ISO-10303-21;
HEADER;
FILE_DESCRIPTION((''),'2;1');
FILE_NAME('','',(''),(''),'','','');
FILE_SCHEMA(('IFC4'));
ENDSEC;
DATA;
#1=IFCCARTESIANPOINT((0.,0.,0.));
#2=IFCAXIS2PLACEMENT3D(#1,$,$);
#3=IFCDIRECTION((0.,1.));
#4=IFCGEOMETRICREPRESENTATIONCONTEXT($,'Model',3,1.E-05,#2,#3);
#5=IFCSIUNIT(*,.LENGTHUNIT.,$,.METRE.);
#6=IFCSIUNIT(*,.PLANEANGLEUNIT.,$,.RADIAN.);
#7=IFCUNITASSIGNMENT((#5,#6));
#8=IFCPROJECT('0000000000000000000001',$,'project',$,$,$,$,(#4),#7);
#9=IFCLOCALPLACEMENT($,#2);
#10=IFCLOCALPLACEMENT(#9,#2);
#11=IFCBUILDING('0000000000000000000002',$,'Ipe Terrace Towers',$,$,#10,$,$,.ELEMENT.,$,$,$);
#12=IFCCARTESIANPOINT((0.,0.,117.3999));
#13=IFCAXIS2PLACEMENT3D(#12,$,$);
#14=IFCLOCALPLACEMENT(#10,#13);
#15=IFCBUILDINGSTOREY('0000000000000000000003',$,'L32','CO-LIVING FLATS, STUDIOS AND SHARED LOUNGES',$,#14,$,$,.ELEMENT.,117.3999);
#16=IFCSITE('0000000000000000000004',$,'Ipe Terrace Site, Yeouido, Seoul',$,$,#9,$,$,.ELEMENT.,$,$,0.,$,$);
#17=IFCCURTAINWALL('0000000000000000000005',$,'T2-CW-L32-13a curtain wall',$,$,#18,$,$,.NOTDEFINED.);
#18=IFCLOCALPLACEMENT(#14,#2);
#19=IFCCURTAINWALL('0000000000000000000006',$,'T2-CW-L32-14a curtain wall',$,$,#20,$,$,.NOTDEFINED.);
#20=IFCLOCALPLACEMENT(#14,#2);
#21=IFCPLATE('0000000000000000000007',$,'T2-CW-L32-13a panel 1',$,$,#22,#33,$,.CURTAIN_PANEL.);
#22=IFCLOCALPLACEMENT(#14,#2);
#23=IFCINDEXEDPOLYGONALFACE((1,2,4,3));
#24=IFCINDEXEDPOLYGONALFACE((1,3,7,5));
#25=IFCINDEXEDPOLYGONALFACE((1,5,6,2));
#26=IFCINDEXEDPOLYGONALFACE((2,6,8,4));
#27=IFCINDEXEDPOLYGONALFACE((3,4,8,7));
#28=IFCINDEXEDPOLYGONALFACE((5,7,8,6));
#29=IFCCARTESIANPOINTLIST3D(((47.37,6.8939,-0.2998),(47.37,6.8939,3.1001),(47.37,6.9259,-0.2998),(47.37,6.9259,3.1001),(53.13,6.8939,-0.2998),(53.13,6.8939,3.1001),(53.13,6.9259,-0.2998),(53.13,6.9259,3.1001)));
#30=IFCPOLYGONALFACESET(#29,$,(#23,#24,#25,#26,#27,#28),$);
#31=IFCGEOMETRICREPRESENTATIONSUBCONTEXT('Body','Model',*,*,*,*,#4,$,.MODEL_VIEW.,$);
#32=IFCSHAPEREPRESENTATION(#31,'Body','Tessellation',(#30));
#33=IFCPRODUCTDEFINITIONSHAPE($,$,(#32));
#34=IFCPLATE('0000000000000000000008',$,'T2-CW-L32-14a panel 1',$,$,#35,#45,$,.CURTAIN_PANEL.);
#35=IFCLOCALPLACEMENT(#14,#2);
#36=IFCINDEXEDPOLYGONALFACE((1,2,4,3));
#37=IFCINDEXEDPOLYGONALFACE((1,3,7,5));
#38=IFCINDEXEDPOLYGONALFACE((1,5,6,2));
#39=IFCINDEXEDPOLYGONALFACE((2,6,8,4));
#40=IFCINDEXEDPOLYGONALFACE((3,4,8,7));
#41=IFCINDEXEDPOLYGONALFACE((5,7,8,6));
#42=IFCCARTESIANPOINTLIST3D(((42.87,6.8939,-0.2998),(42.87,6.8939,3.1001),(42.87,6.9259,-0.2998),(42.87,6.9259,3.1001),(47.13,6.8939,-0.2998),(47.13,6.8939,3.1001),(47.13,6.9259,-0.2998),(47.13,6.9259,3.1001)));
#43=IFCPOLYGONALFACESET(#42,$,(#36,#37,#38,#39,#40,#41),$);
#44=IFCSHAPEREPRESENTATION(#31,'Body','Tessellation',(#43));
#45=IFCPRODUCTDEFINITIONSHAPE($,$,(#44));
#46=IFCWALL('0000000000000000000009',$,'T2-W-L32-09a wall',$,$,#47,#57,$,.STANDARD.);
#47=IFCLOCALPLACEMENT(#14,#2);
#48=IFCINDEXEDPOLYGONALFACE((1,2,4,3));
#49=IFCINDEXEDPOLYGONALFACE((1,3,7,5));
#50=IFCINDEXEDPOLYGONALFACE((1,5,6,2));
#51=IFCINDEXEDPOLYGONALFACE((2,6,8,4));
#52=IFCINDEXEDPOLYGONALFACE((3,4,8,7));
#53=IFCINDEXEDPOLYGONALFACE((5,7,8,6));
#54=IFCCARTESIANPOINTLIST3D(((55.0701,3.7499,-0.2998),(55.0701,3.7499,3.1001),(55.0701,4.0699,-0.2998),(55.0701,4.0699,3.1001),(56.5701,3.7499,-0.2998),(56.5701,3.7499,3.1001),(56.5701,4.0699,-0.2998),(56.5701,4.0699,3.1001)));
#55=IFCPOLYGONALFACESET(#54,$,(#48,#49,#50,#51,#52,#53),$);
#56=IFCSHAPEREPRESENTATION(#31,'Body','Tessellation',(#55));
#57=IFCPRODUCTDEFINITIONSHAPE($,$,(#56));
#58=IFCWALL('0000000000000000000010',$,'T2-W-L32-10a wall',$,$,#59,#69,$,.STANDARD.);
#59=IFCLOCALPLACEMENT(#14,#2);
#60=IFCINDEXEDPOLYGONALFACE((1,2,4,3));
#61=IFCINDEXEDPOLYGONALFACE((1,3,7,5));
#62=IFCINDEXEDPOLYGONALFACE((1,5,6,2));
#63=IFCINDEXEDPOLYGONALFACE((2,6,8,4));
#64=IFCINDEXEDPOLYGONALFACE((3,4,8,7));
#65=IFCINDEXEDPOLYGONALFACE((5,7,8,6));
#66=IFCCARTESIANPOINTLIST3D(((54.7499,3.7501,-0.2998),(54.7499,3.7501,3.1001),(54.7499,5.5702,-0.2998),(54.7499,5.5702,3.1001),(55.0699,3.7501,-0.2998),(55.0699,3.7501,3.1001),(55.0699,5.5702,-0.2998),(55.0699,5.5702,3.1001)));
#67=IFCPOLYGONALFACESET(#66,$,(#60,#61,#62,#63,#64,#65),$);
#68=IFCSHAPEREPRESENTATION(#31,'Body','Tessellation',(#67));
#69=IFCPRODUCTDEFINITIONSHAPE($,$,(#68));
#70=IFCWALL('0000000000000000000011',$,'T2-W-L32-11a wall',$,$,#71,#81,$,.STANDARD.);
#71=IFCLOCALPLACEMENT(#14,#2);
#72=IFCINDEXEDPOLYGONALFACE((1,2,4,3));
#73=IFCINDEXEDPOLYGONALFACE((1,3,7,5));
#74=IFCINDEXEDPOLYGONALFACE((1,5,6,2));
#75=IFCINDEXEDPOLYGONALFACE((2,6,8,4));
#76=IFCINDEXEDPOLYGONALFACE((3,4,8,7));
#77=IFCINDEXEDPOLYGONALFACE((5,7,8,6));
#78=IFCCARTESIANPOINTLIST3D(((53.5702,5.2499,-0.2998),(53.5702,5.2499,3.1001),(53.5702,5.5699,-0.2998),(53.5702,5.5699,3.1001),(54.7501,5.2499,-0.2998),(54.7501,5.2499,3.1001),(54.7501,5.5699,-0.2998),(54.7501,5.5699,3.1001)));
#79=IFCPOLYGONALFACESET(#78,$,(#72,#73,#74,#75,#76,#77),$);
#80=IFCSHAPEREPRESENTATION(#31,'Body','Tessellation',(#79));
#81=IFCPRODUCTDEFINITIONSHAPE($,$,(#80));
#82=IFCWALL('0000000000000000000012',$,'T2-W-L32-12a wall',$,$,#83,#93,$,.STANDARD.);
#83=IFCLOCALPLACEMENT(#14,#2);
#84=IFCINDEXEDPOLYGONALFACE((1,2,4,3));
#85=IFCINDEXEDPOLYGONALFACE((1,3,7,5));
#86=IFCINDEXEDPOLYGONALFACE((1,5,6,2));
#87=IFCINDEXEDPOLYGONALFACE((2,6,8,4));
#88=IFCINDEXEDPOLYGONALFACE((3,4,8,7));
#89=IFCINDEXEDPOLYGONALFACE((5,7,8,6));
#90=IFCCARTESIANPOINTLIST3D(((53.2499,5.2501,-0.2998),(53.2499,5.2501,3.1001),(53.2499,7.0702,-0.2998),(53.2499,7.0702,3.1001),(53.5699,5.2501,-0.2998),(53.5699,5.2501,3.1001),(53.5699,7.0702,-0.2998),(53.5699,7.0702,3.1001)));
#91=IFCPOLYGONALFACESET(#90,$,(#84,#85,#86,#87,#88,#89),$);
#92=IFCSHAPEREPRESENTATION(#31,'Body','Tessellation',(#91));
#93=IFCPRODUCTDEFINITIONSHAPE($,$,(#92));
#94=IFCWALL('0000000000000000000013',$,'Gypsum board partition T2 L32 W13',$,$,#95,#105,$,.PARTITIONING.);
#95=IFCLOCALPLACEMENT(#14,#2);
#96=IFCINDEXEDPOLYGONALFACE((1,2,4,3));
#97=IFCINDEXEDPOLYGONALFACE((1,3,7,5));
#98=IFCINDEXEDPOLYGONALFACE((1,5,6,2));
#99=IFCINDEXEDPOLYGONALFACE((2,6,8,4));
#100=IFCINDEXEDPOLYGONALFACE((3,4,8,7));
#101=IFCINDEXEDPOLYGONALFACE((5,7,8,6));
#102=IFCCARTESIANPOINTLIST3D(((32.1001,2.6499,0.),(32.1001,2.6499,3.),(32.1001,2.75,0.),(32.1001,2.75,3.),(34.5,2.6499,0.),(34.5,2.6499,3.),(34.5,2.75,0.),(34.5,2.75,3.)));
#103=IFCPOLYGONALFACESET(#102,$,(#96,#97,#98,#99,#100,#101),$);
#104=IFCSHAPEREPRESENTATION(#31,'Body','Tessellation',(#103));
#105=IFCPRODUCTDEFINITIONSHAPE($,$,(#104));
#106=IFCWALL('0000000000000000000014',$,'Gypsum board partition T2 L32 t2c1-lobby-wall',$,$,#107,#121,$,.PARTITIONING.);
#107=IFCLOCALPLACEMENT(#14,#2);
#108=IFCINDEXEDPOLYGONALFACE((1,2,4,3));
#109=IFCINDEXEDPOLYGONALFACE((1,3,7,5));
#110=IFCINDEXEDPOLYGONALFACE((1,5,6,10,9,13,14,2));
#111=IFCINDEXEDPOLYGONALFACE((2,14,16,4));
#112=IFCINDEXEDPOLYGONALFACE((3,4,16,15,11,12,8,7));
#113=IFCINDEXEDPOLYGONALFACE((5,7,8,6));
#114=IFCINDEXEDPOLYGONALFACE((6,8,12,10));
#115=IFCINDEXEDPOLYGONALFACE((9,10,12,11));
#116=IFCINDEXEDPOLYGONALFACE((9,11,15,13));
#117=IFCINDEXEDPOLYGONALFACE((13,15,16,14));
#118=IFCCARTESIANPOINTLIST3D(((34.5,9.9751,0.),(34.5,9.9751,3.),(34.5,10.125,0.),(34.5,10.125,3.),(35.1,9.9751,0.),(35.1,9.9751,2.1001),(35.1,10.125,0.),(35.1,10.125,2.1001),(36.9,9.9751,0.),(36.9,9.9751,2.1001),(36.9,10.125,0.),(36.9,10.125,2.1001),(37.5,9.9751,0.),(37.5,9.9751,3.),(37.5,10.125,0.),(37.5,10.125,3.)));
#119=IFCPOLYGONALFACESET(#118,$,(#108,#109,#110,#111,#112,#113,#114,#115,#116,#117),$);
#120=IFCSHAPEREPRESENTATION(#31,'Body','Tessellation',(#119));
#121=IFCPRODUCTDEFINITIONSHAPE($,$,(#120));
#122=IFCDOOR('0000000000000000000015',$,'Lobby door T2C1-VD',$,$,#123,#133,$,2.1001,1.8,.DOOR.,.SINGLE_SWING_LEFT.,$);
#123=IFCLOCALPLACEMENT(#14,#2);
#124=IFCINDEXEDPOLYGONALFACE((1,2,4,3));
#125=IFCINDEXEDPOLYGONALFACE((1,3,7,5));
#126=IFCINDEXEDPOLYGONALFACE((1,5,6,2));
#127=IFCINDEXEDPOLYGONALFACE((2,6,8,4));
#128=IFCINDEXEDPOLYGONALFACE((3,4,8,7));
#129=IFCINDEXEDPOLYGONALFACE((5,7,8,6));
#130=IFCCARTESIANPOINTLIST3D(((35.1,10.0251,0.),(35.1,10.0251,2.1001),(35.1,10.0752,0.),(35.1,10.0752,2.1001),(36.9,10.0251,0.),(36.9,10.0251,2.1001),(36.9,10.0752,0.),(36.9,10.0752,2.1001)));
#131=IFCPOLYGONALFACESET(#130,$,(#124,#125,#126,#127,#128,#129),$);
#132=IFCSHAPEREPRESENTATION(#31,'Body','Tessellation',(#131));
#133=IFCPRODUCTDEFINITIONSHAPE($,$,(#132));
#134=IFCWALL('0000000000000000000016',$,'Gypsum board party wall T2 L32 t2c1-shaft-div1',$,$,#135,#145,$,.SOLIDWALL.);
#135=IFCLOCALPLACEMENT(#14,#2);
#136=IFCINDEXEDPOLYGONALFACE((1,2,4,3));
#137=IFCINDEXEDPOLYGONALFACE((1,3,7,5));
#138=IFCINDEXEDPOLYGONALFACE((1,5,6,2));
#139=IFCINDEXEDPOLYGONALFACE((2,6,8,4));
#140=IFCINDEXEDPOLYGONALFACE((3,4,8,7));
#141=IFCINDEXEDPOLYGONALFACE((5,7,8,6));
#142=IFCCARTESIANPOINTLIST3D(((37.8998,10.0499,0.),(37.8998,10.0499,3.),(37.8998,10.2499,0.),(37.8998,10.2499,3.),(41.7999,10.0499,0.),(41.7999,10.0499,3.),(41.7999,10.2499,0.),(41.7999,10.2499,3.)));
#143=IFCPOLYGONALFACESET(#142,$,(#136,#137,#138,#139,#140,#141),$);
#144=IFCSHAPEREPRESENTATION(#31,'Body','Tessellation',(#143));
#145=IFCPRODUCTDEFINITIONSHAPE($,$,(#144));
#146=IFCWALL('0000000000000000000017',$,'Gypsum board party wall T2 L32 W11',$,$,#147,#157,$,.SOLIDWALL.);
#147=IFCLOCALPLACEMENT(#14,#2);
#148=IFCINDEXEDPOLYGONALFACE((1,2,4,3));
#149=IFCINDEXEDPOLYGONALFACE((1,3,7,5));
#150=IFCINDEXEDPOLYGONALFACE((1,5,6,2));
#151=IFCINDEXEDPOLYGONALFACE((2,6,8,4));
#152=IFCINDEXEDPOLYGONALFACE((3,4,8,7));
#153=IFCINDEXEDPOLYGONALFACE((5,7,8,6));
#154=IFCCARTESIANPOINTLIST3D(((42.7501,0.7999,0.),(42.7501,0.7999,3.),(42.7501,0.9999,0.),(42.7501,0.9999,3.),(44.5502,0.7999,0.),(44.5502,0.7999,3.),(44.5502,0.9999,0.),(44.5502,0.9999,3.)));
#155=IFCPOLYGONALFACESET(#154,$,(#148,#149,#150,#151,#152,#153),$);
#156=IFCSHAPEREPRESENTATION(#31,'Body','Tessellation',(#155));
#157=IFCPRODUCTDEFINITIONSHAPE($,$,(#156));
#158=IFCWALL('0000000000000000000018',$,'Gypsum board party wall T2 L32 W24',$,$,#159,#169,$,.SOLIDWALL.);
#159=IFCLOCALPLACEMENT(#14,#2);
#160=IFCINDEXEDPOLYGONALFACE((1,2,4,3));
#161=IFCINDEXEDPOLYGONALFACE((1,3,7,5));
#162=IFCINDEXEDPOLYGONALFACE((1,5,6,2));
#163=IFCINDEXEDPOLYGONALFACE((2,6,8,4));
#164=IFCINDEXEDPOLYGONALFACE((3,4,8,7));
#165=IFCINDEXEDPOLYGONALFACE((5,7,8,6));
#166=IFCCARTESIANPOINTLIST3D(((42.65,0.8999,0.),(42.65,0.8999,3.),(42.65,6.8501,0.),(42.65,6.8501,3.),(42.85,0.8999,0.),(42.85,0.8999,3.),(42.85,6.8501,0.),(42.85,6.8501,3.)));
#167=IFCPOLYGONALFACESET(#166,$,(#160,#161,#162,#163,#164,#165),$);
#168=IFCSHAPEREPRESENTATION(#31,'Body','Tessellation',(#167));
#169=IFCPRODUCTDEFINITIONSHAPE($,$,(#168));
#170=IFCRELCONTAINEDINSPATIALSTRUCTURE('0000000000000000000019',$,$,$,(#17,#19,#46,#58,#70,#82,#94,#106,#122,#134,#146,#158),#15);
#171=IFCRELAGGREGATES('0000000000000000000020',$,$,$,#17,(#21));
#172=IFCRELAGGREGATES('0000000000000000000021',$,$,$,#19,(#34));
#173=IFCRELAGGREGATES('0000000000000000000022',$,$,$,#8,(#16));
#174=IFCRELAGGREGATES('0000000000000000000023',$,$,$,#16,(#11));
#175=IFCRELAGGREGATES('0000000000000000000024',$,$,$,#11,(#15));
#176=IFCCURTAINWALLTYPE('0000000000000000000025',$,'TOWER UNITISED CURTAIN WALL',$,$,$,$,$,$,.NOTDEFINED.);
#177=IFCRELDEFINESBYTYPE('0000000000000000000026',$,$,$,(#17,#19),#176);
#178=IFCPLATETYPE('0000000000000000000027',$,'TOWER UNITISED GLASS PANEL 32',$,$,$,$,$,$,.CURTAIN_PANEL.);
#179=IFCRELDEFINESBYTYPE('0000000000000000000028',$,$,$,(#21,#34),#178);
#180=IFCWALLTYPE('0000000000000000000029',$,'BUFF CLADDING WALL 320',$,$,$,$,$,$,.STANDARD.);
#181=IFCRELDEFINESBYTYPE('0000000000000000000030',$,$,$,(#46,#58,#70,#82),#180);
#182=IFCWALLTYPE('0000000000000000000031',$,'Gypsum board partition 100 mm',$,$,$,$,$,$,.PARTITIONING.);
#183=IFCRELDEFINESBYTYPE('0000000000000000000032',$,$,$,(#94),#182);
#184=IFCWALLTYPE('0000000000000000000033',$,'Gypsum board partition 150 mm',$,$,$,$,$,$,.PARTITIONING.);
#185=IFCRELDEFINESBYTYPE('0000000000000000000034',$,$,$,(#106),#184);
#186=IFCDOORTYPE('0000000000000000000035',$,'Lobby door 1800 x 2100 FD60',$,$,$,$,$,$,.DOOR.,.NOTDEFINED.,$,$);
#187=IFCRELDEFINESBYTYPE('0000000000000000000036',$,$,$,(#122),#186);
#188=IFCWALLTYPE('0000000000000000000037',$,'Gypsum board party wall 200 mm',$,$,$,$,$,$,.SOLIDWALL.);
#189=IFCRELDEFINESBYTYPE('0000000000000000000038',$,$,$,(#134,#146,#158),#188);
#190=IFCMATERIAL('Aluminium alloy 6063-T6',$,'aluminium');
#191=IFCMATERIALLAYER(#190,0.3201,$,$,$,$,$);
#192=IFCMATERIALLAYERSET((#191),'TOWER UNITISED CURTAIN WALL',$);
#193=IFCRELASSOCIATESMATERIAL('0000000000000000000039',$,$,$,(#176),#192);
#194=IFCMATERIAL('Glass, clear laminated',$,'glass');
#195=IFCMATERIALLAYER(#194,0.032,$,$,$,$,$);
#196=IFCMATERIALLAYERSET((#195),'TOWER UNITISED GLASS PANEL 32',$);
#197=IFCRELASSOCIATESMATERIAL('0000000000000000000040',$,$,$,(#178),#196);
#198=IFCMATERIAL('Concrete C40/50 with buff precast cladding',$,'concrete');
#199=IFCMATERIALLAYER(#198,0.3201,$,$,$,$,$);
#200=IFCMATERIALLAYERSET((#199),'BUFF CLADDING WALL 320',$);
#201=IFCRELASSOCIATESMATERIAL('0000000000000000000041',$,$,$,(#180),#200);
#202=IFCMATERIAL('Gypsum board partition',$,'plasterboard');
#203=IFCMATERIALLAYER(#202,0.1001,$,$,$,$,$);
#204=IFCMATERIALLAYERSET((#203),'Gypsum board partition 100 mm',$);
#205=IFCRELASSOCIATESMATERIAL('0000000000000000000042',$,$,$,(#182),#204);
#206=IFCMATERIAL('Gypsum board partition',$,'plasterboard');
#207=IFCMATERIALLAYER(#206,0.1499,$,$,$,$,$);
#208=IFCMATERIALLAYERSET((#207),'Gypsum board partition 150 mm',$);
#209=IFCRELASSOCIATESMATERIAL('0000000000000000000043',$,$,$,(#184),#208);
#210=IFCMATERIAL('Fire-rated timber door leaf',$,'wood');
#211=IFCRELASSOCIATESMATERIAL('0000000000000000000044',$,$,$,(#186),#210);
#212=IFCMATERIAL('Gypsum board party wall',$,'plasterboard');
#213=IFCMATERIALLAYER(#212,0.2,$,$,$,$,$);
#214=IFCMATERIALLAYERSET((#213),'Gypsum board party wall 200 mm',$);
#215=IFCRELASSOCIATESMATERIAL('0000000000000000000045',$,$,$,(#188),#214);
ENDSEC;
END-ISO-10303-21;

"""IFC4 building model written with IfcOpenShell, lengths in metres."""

from ifc_helpers import new_model, si_unit, direction, frame, frame_2d, origin, origin_2d, place, context, subcontext, project, spatial, rectangle, extrude, material, layer, layer_set, type_object, element, fill, aggregate, save


model = new_model("IFC4")

# Units and contexts
model_context = context("Model", 3, precision=1e-05, world=origin(), true_north=direction((0.0, 1.0)))
body_context = subcontext(model_context, "Body", "Model", "MODEL_VIEW")
ifc_project = project(units=[si_unit("LENGTHUNIT", "METRE"), si_unit("PLANEANGLEUNIT", "RADIAN")], contexts=[model_context])

# Site, building, storey
site_placement = place(None, origin())
site = spatial("IfcSite", under=ifc_project, at=site_placement, Name="Ipe Terrace Site, Yeouido, Seoul", CompositionType="ELEMENT", RefElevation=0.0)
building_placement = place(site_placement, origin())
building = spatial("IfcBuilding", under=site, at=building_placement, Name="Ipe Terrace Towers", CompositionType="ELEMENT")
storey_placement = place(building_placement, frame((0.0, 0.0, 117.3999)))
storey = spatial("IfcBuildingStorey", under=building, at=storey_placement, Name="L32", Description="CO-LIVING FLATS, STUDIOS AND SHARED LOUNGES", CompositionType="ELEMENT", Elevation=117.3999)

# Shared definitions
ifc_material_1 = material(Name="Aluminium alloy 6063-T6", Category="aluminium")
ifc_layer_1 = layer(ifc_material_1, 0.3201)
ifc_layer_set_1 = layer_set([ifc_layer_1], Name="TOWER UNITISED CURTAIN WALL")
curtain_wall_type = type_object("IfcCurtainWallType", Name="TOWER UNITISED CURTAIN WALL", PredefinedType="NOTDEFINED", material=ifc_layer_set_1)

# Curtain walls
curtain_wall_1_placement = place(storey_placement, origin())
curtain_wall_1 = element("IfcCurtainWall", 1, at=curtain_wall_1_placement, inside=storey, type_object=curtain_wall_type, Name="T2-CW-L32-13a curtain wall", PredefinedType="NOTDEFINED")
curtain_wall_2_placement = place(storey_placement, origin())
curtain_wall_2 = element("IfcCurtainWall", 2, at=curtain_wall_2_placement, inside=storey, type_object=curtain_wall_type, Name="T2-CW-L32-14a curtain wall", PredefinedType="NOTDEFINED")

# Plates
ifc_material_2 = material(Name="Glass, clear laminated", Category="glass")
ifc_layer_2 = layer(ifc_material_2, 0.032)
ifc_layer_set_2 = layer_set([ifc_layer_2], Name="TOWER UNITISED GLASS PANEL 32")
plate_type = type_object("IfcPlateType", Name="TOWER UNITISED GLASS PANEL 32", PredefinedType="CURTAIN_PANEL", material=ifc_layer_set_2)
plate_1_placement = place(storey_placement, frame((50.25, 6.9099, -0.2998), z_axis=(0.0, 0.0, 1.0), x_axis=(-1.0, 0.0, 0.0)))
plate_1 = element("IfcPlate", 3, at=plate_1_placement, type_object=plate_type, Name="T2-CW-L32-13a panel 1", PredefinedType="CURTAIN_PANEL", context=body_context, shape_type="SweptSolid", body=[
    extrude(rectangle(XDim=5.76, YDim=0.032, at=origin_2d()), origin(), (0.0, 0.0, 1.0), 3.3999),
])
aggregate(curtain_wall_1, [plate_1])
plate_2_placement = place(storey_placement, frame((45.0, 6.9099, -0.2998), z_axis=(0.0, 0.0, 1.0), x_axis=(-1.0, 0.0, 0.0)))
plate_2 = element("IfcPlate", 4, at=plate_2_placement, type_object=plate_type, Name="T2-CW-L32-14a panel 1", PredefinedType="CURTAIN_PANEL", context=body_context, shape_type="SweptSolid", body=[
    extrude(rectangle(XDim=4.26, YDim=0.032, at=origin_2d()), origin(), (0.0, 0.0, 1.0), 3.3999),
])
aggregate(curtain_wall_2, [plate_2])

# Walls
ifc_material_3 = material(Name="Concrete C40/50 with buff precast cladding", Category="concrete")
ifc_layer_3 = layer(ifc_material_3, 0.3201)
ifc_layer_set_3 = layer_set([ifc_layer_3], Name="BUFF CLADDING WALL 320")
wall_type_1 = type_object("IfcWallType", Name="BUFF CLADDING WALL 320", PredefinedType="STANDARD", material=ifc_layer_set_3)
wall_1_placement = place(storey_placement, frame((56.5701, 3.9099, -0.2998), z_axis=(0.0, 0.0, 1.0), x_axis=(-1.0, 0.0, 0.0)))
element("IfcWall", 5, at=wall_1_placement, inside=storey, type_object=wall_type_1, Name="T2-W-L32-09a wall", PredefinedType="STANDARD", context=body_context, shape_type="SweptSolid", body=[
    extrude(rectangle(XDim=1.5, YDim=0.3201, at=frame_2d((0.75, 0.0))), origin(), (0.0, 0.0, 1.0), 3.3999),
])
wall_2_placement = place(storey_placement, frame((54.9099, 3.75, -0.2998), z_axis=(0.0, 0.0, 1.0), x_axis=(0.0, 1.0, 0.0)))
element("IfcWall", 6, at=wall_2_placement, inside=storey, type_object=wall_type_1, Name="T2-W-L32-10a wall", PredefinedType="STANDARD", context=body_context, shape_type="SweptSolid", body=[
    extrude(rectangle(XDim=1.8201, YDim=0.3201, at=frame_2d((0.9102, 0.0))), origin(), (0.0, 0.0, 1.0), 3.3999),
])
wall_3_placement = place(storey_placement, frame((54.75, 5.4099, -0.2998), z_axis=(0.0, 0.0, 1.0), x_axis=(-1.0, 0.0, 0.0)))
element("IfcWall", 7, at=wall_3_placement, inside=storey, type_object=wall_type_1, Name="T2-W-L32-11a wall", PredefinedType="STANDARD", context=body_context, shape_type="SweptSolid", body=[
    extrude(rectangle(XDim=1.1799, YDim=0.3201, at=frame_2d((0.5898, 0.0))), origin(), (0.0, 0.0, 1.0), 3.3999),
])
wall_4_placement = place(storey_placement, frame((53.4099, 5.25, -0.2998), z_axis=(0.0, 0.0, 1.0), x_axis=(0.0, 1.0, 0.0)))
element("IfcWall", 8, at=wall_4_placement, inside=storey, type_object=wall_type_1, Name="T2-W-L32-12a wall", PredefinedType="STANDARD", context=body_context, shape_type="SweptSolid", body=[
    extrude(rectangle(XDim=1.8201, YDim=0.3201, at=frame_2d((0.9102, 0.0))), origin(), (0.0, 0.0, 1.0), 3.3999),
])
ifc_material_4 = material(Name="Gypsum board partition", Category="plasterboard")
ifc_layer_4 = layer(ifc_material_4, 0.1001)
ifc_layer_set_4 = layer_set([ifc_layer_4], Name="Gypsum board partition 100 mm")
wall_type_2 = type_object("IfcWallType", Name="Gypsum board partition 100 mm", PredefinedType="PARTITIONING", material=ifc_layer_set_4)
wall_5_placement = place(storey_placement, frame((34.5, 2.7, 0.0), z_axis=(0.0, 0.0, 1.0), x_axis=(-1.0, 0.0, 0.0)))
element("IfcWall", 9, at=wall_5_placement, inside=storey, type_object=wall_type_2, Name="Gypsum board partition T2 L32 W13", PredefinedType="PARTITIONING", context=body_context, shape_type="SweptSolid", body=[
    extrude(rectangle(XDim=2.3999, YDim=0.1001, at=frame_2d((1.2, 0.0))), origin(), (0.0, 0.0, 1.0), 3.0),
])

# Wall, opening, door
ifc_material_5 = material(Name="Gypsum board partition", Category="plasterboard")
ifc_layer_5 = layer(ifc_material_5, 0.1499)
ifc_layer_set_5 = layer_set([ifc_layer_5], Name="Gypsum board partition 150 mm")
wall_type_3 = type_object("IfcWallType", Name="Gypsum board partition 150 mm", PredefinedType="PARTITIONING", material=ifc_layer_set_5)
wall_6_placement = place(storey_placement, frame((37.5, 10.05, 0.0), z_axis=(0.0, 0.0, 1.0), x_axis=(-1.0, 0.0, 0.0)))
wall_6 = element("IfcWall", 10, at=wall_6_placement, inside=storey, type_object=wall_type_3, Name="Gypsum board partition T2 L32 t2c1-lobby-wall", PredefinedType="PARTITIONING", context=body_context, shape_type="SweptSolid", body=[
    extrude(rectangle(XDim=3.0, YDim=0.1499, at=frame_2d((1.5, 0.0))), origin(), (0.0, 0.0, 1.0), 3.0),
])
opening_1_placement = place(wall_6_placement, frame((0.6001, 0.0, 0.0)))
opening_1 = element("IfcOpeningElement", 11, at=opening_1_placement, cuts=wall_6, PredefinedType="OPENING", context=body_context, shape_type="SweptSolid", body=[
    extrude(rectangle(XDim=1.8, YDim=2.1001, at=frame_2d((0.8999, 1.05))), frame((0.0, 0.085, 0.0), z_axis=(0.0, -1.0, 0.0), x_axis=(1.0, 0.0, 0.0)), (0.0, 0.0, 1.0), 0.1699),
])
ifc_material_6 = material(Name="Fire-rated timber door leaf", Category="wood")
door_type_1 = type_object("IfcDoorType", Name="Lobby door 1800 x 2100 FD60", OperationType="NOTDEFINED", PredefinedType="DOOR", material=ifc_material_6)
door_1_placement = place(opening_1_placement, origin())
door_1 = element("IfcDoor", 12, at=door_1_placement, inside=storey, type_object=door_type_1, Name="Lobby door T2C1-VD", OperationType="SINGLE_SWING_LEFT", OverallHeight=2.1001, OverallWidth=1.8, PredefinedType="DOOR", context=body_context, shape_type="SweptSolid", body=[
    extrude(rectangle(XDim=1.8, YDim=2.1001, at=frame_2d((0.8999, 1.05))), frame((0.0, 0.0249, 0.0), z_axis=(0.0, -1.0, 0.0), x_axis=(1.0, 0.0, 0.0)), (0.0, 0.0, 1.0), 0.05),
])
fill(opening_1, door_1)

# Walls
ifc_material_7 = material(Name="Gypsum board party wall", Category="plasterboard")
ifc_layer_6 = layer(ifc_material_7, 0.2)
ifc_layer_set_6 = layer_set([ifc_layer_6], Name="Gypsum board party wall 200 mm")
wall_type_4 = type_object("IfcWallType", Name="Gypsum board party wall 200 mm", PredefinedType="SOLIDWALL", material=ifc_layer_set_6)
wall_7_placement = place(storey_placement, frame((41.8, 10.1499, 0.0), z_axis=(0.0, 0.0, 1.0), x_axis=(-1.0, 0.0, 0.0)))
element("IfcWall", 13, at=wall_7_placement, inside=storey, type_object=wall_type_4, Name="Gypsum board party wall T2 L32 t2c1-shaft-div1", PredefinedType="SOLIDWALL", context=body_context, shape_type="SweptSolid", body=[
    extrude(rectangle(XDim=3.9001, YDim=0.2, at=frame_2d((1.9502, 0.0))), origin(), (0.0, 0.0, 1.0), 3.0),
])
wall_8_placement = place(storey_placement, frame((44.55, 0.8999, 0.0), z_axis=(0.0, 0.0, 1.0), x_axis=(-1.0, 0.0, 0.0)))
element("IfcWall", 14, at=wall_8_placement, inside=storey, type_object=wall_type_4, Name="Gypsum board party wall T2 L32 W11", PredefinedType="SOLIDWALL", context=body_context, shape_type="SweptSolid", body=[
    extrude(rectangle(XDim=1.8, YDim=0.2, at=frame_2d((0.8999, 0.0))), origin(), (0.0, 0.0, 1.0), 3.0),
])
wall_9_placement = place(storey_placement, frame((42.75, 0.8999, 0.0), z_axis=(0.0, 0.0, 1.0), x_axis=(0.0, 1.0, 0.0)))
element("IfcWall", 15, at=wall_9_placement, inside=storey, type_object=wall_type_4, Name="Gypsum board party wall T2 L32 W24", PredefinedType="SOLIDWALL", context=body_context, shape_type="SweptSolid", body=[
    extrude(rectangle(XDim=5.9502, YDim=0.2, at=frame_2d((2.9751, 0.0))), origin(), (0.0, 0.0, 1.0), 3.0),
])

save(model, "model.ifc")
